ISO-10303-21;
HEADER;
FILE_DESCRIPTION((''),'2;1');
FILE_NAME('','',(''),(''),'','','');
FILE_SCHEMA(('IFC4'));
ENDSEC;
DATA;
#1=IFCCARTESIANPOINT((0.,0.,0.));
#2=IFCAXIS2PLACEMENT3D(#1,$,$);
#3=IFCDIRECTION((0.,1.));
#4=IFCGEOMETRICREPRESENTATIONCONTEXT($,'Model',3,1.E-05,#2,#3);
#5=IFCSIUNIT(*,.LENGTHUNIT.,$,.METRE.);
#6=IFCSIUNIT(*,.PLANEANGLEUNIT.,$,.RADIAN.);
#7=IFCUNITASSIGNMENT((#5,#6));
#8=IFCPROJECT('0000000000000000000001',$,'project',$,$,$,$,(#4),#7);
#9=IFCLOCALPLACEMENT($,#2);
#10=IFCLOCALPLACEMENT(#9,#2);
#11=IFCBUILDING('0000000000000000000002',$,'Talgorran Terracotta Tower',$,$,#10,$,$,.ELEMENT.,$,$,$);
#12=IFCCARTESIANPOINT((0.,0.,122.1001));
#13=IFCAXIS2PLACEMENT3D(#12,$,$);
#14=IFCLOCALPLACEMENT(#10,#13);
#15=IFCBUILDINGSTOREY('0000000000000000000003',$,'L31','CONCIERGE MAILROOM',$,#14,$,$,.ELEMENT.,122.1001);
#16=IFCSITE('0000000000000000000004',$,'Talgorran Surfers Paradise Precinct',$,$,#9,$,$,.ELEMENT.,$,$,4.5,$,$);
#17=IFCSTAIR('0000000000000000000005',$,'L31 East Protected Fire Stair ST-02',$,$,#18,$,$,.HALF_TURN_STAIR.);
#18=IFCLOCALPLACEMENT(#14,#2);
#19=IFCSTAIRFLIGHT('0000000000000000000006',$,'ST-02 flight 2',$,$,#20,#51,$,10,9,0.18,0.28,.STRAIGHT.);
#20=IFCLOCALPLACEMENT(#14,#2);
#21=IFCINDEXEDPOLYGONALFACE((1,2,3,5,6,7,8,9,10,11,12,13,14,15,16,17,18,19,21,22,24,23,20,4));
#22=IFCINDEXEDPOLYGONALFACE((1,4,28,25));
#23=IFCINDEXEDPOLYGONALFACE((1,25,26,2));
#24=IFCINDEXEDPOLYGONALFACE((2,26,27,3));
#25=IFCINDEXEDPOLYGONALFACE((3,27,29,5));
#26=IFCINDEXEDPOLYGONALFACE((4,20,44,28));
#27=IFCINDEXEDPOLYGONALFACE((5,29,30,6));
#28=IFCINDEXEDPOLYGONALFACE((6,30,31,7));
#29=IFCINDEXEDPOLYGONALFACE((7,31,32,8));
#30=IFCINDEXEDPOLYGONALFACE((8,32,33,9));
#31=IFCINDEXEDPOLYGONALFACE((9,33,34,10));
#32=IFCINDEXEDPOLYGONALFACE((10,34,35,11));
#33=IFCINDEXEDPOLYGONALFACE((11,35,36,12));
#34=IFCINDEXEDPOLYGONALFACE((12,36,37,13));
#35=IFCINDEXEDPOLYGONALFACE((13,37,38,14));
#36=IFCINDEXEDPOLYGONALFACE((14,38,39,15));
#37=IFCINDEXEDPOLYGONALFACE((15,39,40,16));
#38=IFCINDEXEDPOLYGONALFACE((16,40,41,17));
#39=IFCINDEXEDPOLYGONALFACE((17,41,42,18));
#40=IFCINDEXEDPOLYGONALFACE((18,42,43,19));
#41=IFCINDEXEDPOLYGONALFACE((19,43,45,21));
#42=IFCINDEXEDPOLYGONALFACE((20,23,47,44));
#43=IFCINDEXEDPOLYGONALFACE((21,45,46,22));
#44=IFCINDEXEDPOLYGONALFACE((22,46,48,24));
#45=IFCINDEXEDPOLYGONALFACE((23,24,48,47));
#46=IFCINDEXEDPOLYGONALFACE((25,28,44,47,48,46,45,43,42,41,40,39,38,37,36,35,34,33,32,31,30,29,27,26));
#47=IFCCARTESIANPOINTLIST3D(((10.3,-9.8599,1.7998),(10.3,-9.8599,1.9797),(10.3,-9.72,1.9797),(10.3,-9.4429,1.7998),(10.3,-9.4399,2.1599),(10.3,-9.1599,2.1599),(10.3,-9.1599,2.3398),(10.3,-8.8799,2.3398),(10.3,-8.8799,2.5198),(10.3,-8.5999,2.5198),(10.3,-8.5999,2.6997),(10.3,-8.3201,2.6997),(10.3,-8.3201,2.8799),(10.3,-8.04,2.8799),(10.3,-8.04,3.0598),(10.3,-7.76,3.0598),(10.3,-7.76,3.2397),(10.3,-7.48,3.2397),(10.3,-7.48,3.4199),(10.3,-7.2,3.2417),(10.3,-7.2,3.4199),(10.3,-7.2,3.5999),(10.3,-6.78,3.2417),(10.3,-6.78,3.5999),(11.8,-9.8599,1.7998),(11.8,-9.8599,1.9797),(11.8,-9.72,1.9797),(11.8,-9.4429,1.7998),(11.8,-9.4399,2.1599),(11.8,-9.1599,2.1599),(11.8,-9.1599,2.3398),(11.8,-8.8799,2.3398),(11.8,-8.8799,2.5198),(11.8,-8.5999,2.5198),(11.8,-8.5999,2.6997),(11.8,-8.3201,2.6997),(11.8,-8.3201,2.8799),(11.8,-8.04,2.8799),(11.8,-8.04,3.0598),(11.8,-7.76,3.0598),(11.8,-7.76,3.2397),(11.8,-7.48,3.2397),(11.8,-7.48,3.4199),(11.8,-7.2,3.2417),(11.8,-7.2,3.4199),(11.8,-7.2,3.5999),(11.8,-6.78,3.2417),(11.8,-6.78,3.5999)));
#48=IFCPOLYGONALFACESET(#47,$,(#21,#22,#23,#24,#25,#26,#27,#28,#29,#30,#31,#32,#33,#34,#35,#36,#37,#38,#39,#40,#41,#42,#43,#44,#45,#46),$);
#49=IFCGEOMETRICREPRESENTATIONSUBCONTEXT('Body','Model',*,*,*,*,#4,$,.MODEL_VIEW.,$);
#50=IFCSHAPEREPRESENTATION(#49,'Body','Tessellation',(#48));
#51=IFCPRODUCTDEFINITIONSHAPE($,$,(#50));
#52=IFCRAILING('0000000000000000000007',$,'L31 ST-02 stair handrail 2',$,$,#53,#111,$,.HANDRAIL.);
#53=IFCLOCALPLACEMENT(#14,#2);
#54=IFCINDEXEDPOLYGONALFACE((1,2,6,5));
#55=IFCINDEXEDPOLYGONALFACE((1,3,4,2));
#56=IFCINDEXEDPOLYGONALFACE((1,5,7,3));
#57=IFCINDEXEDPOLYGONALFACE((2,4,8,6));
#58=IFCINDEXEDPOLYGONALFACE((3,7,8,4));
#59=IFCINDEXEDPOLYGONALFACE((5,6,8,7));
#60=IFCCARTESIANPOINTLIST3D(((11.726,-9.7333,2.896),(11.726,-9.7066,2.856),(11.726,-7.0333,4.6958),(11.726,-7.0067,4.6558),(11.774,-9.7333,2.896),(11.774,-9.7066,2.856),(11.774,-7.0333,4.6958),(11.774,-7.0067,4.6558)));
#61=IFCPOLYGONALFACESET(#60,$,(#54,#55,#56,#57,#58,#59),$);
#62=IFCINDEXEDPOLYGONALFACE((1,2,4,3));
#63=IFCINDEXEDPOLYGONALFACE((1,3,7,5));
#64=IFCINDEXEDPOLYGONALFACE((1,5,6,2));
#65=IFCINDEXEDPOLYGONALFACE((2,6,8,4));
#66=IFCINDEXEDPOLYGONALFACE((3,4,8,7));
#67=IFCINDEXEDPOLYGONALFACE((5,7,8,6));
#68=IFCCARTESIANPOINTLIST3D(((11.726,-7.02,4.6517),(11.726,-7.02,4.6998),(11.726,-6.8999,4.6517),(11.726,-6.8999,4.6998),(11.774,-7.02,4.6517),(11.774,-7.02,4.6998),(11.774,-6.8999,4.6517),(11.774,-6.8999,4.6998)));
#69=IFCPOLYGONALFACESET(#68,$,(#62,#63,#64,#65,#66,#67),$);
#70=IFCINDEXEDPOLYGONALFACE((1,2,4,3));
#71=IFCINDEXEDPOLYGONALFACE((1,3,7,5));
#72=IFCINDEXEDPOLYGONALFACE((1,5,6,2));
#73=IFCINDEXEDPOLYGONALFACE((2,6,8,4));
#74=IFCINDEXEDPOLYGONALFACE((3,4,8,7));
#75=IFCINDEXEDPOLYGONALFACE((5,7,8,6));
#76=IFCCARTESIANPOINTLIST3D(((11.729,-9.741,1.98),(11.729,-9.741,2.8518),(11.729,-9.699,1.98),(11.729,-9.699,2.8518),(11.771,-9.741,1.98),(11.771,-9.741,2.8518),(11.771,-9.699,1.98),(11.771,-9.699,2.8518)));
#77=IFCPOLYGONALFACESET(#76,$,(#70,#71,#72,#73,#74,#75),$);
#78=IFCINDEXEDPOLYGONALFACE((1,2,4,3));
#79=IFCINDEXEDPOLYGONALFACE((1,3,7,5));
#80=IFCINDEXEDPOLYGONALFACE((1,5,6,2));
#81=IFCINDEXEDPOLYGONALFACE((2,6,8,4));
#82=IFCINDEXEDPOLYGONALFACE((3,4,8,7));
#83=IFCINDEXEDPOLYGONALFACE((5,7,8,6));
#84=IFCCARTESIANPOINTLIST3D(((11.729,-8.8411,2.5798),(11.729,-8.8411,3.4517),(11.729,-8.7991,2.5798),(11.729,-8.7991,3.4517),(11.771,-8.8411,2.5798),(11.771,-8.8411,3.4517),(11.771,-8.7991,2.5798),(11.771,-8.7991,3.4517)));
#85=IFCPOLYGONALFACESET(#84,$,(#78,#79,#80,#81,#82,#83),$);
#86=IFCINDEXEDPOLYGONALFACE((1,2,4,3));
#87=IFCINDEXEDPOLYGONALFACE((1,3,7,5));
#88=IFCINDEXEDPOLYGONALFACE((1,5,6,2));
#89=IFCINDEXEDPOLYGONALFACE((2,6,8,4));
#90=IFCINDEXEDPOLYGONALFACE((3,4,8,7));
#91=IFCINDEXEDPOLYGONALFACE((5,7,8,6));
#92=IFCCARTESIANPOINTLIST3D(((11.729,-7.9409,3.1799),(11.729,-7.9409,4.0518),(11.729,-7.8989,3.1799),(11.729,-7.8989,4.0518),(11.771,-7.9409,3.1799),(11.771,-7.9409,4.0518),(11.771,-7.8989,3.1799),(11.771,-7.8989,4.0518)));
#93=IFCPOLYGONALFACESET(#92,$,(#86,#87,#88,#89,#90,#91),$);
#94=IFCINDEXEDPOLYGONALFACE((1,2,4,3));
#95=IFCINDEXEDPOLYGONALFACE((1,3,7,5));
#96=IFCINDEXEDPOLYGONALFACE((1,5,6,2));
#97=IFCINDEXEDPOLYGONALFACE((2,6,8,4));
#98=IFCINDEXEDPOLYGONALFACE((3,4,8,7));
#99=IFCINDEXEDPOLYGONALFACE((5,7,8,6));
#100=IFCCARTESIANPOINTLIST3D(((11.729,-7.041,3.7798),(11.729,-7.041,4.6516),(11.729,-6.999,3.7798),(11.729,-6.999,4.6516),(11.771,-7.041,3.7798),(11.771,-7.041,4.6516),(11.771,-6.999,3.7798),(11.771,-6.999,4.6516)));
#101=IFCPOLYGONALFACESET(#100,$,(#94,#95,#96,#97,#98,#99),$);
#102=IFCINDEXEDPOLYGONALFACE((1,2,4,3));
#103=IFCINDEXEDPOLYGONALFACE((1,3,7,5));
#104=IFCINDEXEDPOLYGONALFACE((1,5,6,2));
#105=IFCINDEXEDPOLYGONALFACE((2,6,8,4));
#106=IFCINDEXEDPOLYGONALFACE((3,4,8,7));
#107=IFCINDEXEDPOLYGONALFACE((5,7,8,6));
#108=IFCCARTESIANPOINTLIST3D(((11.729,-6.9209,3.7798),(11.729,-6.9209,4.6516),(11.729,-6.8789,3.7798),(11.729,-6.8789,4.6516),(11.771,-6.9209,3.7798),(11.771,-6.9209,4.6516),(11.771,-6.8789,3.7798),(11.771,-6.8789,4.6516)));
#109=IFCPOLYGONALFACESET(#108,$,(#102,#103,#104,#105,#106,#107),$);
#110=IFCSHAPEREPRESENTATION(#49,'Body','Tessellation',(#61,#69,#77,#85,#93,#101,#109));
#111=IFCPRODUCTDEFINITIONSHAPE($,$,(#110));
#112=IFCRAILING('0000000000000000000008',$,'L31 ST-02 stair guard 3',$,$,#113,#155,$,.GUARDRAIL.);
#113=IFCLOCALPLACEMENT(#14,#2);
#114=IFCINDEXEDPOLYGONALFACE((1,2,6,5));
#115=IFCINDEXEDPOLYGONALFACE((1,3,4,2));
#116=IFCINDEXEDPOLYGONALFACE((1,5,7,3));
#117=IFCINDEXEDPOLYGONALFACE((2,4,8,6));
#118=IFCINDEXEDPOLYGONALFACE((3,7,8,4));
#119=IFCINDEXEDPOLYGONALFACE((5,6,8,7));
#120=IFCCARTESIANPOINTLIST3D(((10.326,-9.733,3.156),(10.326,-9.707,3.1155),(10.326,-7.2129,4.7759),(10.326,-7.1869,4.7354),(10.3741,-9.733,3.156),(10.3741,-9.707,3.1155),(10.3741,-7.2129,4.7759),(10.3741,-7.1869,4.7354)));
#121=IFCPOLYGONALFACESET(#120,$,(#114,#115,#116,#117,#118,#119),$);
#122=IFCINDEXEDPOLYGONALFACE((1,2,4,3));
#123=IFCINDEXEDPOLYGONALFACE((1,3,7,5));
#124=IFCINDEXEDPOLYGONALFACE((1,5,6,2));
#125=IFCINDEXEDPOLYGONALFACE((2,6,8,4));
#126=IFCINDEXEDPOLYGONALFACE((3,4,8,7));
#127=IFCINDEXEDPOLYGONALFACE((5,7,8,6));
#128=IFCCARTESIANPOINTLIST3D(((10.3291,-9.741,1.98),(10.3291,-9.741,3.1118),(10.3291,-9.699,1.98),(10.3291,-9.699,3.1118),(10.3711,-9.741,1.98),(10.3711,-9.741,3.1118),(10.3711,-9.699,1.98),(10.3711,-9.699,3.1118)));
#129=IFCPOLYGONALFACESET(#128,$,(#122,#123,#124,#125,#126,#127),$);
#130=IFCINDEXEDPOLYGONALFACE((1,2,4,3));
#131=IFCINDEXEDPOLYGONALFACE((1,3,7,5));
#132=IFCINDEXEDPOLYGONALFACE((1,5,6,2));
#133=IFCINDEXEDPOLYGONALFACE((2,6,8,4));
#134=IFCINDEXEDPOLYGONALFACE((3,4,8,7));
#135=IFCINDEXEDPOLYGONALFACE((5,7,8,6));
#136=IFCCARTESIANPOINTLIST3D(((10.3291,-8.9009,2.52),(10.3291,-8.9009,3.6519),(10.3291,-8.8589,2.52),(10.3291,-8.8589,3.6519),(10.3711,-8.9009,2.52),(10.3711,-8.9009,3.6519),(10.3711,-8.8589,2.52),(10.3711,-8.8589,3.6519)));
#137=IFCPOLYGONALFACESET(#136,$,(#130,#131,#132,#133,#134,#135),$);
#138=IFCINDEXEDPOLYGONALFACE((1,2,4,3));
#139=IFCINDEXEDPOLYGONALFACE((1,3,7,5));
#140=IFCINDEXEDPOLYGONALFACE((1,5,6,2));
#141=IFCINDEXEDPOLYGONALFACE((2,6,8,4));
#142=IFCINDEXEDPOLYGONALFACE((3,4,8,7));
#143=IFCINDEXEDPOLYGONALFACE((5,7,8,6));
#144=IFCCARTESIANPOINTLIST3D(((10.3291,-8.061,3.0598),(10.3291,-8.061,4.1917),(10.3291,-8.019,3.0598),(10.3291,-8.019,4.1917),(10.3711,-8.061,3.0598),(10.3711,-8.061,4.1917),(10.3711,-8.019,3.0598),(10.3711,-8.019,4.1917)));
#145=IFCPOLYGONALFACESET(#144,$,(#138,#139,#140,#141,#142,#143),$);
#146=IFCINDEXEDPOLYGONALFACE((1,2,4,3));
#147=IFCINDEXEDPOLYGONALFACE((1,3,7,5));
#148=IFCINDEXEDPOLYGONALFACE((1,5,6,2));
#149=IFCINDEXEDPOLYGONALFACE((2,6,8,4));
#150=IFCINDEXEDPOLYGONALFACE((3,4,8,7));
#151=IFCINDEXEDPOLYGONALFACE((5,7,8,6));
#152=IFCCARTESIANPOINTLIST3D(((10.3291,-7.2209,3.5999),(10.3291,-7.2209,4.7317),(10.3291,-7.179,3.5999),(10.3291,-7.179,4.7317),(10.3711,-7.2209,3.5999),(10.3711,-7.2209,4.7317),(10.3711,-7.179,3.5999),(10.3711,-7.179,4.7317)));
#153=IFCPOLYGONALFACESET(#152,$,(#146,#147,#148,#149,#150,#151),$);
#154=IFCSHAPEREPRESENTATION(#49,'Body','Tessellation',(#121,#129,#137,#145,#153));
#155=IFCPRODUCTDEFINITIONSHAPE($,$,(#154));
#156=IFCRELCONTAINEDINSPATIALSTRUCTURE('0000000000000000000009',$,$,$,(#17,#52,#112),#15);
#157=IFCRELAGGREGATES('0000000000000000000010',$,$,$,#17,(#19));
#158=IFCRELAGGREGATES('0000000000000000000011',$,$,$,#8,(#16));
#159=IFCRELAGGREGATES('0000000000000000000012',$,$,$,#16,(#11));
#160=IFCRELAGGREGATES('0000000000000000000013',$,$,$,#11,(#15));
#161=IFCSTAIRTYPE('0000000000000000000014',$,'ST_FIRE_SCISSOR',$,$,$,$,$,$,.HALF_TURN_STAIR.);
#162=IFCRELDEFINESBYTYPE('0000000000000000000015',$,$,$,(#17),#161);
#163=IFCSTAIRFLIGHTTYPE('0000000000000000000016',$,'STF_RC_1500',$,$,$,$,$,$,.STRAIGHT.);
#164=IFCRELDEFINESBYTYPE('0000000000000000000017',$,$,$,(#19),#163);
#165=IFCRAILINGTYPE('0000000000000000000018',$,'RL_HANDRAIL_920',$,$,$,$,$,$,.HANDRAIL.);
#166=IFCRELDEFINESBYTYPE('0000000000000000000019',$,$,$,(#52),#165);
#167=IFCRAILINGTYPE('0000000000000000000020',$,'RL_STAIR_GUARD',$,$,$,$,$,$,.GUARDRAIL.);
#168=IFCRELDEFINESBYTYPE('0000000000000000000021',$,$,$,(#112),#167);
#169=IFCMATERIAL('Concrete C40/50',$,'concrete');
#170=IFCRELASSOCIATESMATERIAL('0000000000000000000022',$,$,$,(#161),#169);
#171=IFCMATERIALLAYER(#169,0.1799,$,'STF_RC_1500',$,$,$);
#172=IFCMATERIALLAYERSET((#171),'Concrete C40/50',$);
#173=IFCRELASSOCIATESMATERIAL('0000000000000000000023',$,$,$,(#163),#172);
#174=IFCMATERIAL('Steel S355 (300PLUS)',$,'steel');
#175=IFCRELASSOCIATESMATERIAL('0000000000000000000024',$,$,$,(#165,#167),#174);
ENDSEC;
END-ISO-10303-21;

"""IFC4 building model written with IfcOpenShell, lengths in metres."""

from ifc_helpers import new_model, si_unit, direction, frame, origin, origin_2d, place, context, subcontext, project, spatial, polyline, rectangle, outline, extrude, material, layer, layer_set, type_object, element, aggregate, save


model = new_model("IFC4")

# Units and contexts
model_context = context("Model", 3, precision=1e-05, world=origin(), true_north=direction((0.0, 1.0)))
body_context = subcontext(model_context, "Body", "Model", "MODEL_VIEW")
ifc_project = project(units=[si_unit("LENGTHUNIT", "METRE"), si_unit("PLANEANGLEUNIT", "RADIAN")], contexts=[model_context])

# Site, building, storey
site_placement = place(None, origin())
site = spatial("IfcSite", under=ifc_project, at=site_placement, Name="Talgorran Surfers Paradise Precinct", CompositionType="ELEMENT", RefElevation=4.5)
building_placement = place(site_placement, origin())
building = spatial("IfcBuilding", under=site, at=building_placement, Name="Talgorran Terracotta Tower", CompositionType="ELEMENT")
storey_placement = place(building_placement, frame((0.0, 0.0, 122.1001)))
storey = spatial("IfcBuildingStorey", under=building, at=storey_placement, Name="L31", Description="CONCIERGE MAILROOM", CompositionType="ELEMENT", Elevation=122.1001)

# Shared definitions
ifc_material_1 = material(Name="Steel S355 (300PLUS)", Category="steel")

# Stair, stair flight
ifc_material_2 = material(Name="Concrete C40/50", Category="concrete")
stair_type = type_object("IfcStairType", Name="ST_FIRE_SCISSOR", PredefinedType="HALF_TURN_STAIR", material=ifc_material_2)
stair_placement = place(storey_placement, origin())
stair = element("IfcStair", 1, at=stair_placement, inside=storey, type_object=stair_type, Name="L31 East Protected Fire Stair ST-02", PredefinedType="HALF_TURN_STAIR")
ifc_layer_1 = layer(ifc_material_2, 0.1799, Name="STF_RC_1500")
ifc_layer_set_1 = layer_set([ifc_layer_1], Name="Concrete C40/50")
stair_flight_type = type_object("IfcStairFlightType", Name="STF_RC_1500", PredefinedType="STRAIGHT", material=ifc_layer_set_1)
stair_flight_placement = place(storey_placement, frame((11.05, -9.72, 1.7998), z_axis=(0.0, 0.0, 1.0), x_axis=(0.0, 1.0, 0.0)))
stair_flight = element("IfcStairFlight", 2, at=stair_flight_placement, type_object=stair_flight_type, Name="ST-02 flight 2", NumberOfRisers=10, NumberOfTreads=9, PredefinedType="STRAIGHT", RiserHeight=0.18, TreadLength=0.28, context=body_context, shape_type="SweptSolid", body=[
    extrude(outline(polyline([(-0.1399, 0.0), (-0.1399, 0.1799), (0.0, 0.1799), (0.28, 0.3601), (0.5601, 0.3601), (0.5601, 0.54), (0.8401, 0.54), (0.8401, 0.72), (1.1201, 0.72), (1.1201, 0.8999), (1.3999, 0.8999), (1.3999, 1.0801), (1.6799, 1.0801), (1.6799, 1.26), (1.96, 1.26), (1.96, 1.4399), (2.24, 1.4399), (2.24, 1.6201), (2.52, 1.6201), (2.52, 1.8), (2.9399, 1.8), (2.9399, 1.4419), (2.52, 1.4419), (0.2771, 0.0), (-0.1399, 0.0)])), frame((0.0, 0.75, 0.0), z_axis=(0.0, -1.0, 0.0), x_axis=(1.0, 0.0, 0.0)), (0.0, 0.0, 1.0), 1.5),
])
aggregate(stair, [stair_flight])

# Railings
railing_type_1 = type_object("IfcRailingType", Name="RL_HANDRAIL_920", PredefinedType="HANDRAIL", material=ifc_material_1)
railing_1_placement = place(storey_placement, frame((11.75, -9.72, 1.98)))
element("IfcRailing", 3, at=railing_1_placement, inside=storey, type_object=railing_type_1, Name="L31 ST-02 stair handrail 2", PredefinedType="HANDRAIL", context=body_context, shape_type="SweptSolid", body=[
    extrude(rectangle(XDim=0.0481, YDim=0.0481, at=origin_2d()), frame((0.0, 0.0, 0.896), z_axis=(0.0, 0.832073, 0.554665), x_axis=(-1.0, 0.0, 0.0)), (0.0, 0.0, 1.0), 3.2449),
    extrude(rectangle(XDim=0.0481, YDim=0.0481, at=origin_2d()), frame((0.0, 2.7, 2.6958), z_axis=(0.0, 1.0, 0.0), x_axis=(-1.0, 0.0, 0.0)), (0.0, 0.0, 1.0), 0.1201),
    extrude(rectangle(XDim=0.042, YDim=0.042, at=origin_2d()), origin(), (0.0, 0.0, 1.0), 0.8718),
    extrude(rectangle(XDim=0.042, YDim=0.042, at=origin_2d()), frame((0.0, 0.8999, 0.5999)), (0.0, 0.0, 1.0), 0.8718),
    extrude(rectangle(XDim=0.042, YDim=0.042, at=origin_2d()), frame((0.0, 1.8, 1.2)), (0.0, 0.0, 1.0), 0.8718),
    extrude(rectangle(XDim=0.042, YDim=0.042, at=origin_2d()), frame((0.0, 2.7, 1.7998)), (0.0, 0.0, 1.0), 0.8718),
    extrude(rectangle(XDim=0.042, YDim=0.042, at=origin_2d()), frame((0.0, 2.8201, 1.7998)), (0.0, 0.0, 1.0), 0.8718),
])
railing_type_2 = type_object("IfcRailingType", Name="RL_STAIR_GUARD", PredefinedType="GUARDRAIL", material=ifc_material_1)
railing_2_placement = place(storey_placement, frame((10.3501, -9.72, 1.98)))
element("IfcRailing", 4, at=railing_2_placement, inside=storey, type_object=railing_type_2, Name="L31 ST-02 stair guard 3", PredefinedType="GUARDRAIL", context=body_context, shape_type="SweptSolid", body=[
    extrude(rectangle(XDim=0.0481, YDim=0.0481, at=origin_2d()), frame((0.0, 0.0, 1.1558), z_axis=(0.0, 0.8412, 0.540725), x_axis=(-1.0, 0.0, 0.0)), (0.0, 0.0, 1.0), 2.9958),
    extrude(rectangle(XDim=0.042, YDim=0.042, at=origin_2d()), origin(), (0.0, 0.0, 1.0), 1.1318),
    extrude(rectangle(XDim=0.042, YDim=0.042, at=origin_2d()), frame((0.0, 0.8401, 0.54)), (0.0, 0.0, 1.0), 1.1318),
    extrude(rectangle(XDim=0.042, YDim=0.042, at=origin_2d()), frame((0.0, 1.6799, 1.0798)), (0.0, 0.0, 1.0), 1.1318),
    extrude(rectangle(XDim=0.042, YDim=0.042, at=origin_2d()), frame((0.0, 2.52, 1.6199)), (0.0, 0.0, 1.0), 1.1318),
])

save(model, "model.ifc")
